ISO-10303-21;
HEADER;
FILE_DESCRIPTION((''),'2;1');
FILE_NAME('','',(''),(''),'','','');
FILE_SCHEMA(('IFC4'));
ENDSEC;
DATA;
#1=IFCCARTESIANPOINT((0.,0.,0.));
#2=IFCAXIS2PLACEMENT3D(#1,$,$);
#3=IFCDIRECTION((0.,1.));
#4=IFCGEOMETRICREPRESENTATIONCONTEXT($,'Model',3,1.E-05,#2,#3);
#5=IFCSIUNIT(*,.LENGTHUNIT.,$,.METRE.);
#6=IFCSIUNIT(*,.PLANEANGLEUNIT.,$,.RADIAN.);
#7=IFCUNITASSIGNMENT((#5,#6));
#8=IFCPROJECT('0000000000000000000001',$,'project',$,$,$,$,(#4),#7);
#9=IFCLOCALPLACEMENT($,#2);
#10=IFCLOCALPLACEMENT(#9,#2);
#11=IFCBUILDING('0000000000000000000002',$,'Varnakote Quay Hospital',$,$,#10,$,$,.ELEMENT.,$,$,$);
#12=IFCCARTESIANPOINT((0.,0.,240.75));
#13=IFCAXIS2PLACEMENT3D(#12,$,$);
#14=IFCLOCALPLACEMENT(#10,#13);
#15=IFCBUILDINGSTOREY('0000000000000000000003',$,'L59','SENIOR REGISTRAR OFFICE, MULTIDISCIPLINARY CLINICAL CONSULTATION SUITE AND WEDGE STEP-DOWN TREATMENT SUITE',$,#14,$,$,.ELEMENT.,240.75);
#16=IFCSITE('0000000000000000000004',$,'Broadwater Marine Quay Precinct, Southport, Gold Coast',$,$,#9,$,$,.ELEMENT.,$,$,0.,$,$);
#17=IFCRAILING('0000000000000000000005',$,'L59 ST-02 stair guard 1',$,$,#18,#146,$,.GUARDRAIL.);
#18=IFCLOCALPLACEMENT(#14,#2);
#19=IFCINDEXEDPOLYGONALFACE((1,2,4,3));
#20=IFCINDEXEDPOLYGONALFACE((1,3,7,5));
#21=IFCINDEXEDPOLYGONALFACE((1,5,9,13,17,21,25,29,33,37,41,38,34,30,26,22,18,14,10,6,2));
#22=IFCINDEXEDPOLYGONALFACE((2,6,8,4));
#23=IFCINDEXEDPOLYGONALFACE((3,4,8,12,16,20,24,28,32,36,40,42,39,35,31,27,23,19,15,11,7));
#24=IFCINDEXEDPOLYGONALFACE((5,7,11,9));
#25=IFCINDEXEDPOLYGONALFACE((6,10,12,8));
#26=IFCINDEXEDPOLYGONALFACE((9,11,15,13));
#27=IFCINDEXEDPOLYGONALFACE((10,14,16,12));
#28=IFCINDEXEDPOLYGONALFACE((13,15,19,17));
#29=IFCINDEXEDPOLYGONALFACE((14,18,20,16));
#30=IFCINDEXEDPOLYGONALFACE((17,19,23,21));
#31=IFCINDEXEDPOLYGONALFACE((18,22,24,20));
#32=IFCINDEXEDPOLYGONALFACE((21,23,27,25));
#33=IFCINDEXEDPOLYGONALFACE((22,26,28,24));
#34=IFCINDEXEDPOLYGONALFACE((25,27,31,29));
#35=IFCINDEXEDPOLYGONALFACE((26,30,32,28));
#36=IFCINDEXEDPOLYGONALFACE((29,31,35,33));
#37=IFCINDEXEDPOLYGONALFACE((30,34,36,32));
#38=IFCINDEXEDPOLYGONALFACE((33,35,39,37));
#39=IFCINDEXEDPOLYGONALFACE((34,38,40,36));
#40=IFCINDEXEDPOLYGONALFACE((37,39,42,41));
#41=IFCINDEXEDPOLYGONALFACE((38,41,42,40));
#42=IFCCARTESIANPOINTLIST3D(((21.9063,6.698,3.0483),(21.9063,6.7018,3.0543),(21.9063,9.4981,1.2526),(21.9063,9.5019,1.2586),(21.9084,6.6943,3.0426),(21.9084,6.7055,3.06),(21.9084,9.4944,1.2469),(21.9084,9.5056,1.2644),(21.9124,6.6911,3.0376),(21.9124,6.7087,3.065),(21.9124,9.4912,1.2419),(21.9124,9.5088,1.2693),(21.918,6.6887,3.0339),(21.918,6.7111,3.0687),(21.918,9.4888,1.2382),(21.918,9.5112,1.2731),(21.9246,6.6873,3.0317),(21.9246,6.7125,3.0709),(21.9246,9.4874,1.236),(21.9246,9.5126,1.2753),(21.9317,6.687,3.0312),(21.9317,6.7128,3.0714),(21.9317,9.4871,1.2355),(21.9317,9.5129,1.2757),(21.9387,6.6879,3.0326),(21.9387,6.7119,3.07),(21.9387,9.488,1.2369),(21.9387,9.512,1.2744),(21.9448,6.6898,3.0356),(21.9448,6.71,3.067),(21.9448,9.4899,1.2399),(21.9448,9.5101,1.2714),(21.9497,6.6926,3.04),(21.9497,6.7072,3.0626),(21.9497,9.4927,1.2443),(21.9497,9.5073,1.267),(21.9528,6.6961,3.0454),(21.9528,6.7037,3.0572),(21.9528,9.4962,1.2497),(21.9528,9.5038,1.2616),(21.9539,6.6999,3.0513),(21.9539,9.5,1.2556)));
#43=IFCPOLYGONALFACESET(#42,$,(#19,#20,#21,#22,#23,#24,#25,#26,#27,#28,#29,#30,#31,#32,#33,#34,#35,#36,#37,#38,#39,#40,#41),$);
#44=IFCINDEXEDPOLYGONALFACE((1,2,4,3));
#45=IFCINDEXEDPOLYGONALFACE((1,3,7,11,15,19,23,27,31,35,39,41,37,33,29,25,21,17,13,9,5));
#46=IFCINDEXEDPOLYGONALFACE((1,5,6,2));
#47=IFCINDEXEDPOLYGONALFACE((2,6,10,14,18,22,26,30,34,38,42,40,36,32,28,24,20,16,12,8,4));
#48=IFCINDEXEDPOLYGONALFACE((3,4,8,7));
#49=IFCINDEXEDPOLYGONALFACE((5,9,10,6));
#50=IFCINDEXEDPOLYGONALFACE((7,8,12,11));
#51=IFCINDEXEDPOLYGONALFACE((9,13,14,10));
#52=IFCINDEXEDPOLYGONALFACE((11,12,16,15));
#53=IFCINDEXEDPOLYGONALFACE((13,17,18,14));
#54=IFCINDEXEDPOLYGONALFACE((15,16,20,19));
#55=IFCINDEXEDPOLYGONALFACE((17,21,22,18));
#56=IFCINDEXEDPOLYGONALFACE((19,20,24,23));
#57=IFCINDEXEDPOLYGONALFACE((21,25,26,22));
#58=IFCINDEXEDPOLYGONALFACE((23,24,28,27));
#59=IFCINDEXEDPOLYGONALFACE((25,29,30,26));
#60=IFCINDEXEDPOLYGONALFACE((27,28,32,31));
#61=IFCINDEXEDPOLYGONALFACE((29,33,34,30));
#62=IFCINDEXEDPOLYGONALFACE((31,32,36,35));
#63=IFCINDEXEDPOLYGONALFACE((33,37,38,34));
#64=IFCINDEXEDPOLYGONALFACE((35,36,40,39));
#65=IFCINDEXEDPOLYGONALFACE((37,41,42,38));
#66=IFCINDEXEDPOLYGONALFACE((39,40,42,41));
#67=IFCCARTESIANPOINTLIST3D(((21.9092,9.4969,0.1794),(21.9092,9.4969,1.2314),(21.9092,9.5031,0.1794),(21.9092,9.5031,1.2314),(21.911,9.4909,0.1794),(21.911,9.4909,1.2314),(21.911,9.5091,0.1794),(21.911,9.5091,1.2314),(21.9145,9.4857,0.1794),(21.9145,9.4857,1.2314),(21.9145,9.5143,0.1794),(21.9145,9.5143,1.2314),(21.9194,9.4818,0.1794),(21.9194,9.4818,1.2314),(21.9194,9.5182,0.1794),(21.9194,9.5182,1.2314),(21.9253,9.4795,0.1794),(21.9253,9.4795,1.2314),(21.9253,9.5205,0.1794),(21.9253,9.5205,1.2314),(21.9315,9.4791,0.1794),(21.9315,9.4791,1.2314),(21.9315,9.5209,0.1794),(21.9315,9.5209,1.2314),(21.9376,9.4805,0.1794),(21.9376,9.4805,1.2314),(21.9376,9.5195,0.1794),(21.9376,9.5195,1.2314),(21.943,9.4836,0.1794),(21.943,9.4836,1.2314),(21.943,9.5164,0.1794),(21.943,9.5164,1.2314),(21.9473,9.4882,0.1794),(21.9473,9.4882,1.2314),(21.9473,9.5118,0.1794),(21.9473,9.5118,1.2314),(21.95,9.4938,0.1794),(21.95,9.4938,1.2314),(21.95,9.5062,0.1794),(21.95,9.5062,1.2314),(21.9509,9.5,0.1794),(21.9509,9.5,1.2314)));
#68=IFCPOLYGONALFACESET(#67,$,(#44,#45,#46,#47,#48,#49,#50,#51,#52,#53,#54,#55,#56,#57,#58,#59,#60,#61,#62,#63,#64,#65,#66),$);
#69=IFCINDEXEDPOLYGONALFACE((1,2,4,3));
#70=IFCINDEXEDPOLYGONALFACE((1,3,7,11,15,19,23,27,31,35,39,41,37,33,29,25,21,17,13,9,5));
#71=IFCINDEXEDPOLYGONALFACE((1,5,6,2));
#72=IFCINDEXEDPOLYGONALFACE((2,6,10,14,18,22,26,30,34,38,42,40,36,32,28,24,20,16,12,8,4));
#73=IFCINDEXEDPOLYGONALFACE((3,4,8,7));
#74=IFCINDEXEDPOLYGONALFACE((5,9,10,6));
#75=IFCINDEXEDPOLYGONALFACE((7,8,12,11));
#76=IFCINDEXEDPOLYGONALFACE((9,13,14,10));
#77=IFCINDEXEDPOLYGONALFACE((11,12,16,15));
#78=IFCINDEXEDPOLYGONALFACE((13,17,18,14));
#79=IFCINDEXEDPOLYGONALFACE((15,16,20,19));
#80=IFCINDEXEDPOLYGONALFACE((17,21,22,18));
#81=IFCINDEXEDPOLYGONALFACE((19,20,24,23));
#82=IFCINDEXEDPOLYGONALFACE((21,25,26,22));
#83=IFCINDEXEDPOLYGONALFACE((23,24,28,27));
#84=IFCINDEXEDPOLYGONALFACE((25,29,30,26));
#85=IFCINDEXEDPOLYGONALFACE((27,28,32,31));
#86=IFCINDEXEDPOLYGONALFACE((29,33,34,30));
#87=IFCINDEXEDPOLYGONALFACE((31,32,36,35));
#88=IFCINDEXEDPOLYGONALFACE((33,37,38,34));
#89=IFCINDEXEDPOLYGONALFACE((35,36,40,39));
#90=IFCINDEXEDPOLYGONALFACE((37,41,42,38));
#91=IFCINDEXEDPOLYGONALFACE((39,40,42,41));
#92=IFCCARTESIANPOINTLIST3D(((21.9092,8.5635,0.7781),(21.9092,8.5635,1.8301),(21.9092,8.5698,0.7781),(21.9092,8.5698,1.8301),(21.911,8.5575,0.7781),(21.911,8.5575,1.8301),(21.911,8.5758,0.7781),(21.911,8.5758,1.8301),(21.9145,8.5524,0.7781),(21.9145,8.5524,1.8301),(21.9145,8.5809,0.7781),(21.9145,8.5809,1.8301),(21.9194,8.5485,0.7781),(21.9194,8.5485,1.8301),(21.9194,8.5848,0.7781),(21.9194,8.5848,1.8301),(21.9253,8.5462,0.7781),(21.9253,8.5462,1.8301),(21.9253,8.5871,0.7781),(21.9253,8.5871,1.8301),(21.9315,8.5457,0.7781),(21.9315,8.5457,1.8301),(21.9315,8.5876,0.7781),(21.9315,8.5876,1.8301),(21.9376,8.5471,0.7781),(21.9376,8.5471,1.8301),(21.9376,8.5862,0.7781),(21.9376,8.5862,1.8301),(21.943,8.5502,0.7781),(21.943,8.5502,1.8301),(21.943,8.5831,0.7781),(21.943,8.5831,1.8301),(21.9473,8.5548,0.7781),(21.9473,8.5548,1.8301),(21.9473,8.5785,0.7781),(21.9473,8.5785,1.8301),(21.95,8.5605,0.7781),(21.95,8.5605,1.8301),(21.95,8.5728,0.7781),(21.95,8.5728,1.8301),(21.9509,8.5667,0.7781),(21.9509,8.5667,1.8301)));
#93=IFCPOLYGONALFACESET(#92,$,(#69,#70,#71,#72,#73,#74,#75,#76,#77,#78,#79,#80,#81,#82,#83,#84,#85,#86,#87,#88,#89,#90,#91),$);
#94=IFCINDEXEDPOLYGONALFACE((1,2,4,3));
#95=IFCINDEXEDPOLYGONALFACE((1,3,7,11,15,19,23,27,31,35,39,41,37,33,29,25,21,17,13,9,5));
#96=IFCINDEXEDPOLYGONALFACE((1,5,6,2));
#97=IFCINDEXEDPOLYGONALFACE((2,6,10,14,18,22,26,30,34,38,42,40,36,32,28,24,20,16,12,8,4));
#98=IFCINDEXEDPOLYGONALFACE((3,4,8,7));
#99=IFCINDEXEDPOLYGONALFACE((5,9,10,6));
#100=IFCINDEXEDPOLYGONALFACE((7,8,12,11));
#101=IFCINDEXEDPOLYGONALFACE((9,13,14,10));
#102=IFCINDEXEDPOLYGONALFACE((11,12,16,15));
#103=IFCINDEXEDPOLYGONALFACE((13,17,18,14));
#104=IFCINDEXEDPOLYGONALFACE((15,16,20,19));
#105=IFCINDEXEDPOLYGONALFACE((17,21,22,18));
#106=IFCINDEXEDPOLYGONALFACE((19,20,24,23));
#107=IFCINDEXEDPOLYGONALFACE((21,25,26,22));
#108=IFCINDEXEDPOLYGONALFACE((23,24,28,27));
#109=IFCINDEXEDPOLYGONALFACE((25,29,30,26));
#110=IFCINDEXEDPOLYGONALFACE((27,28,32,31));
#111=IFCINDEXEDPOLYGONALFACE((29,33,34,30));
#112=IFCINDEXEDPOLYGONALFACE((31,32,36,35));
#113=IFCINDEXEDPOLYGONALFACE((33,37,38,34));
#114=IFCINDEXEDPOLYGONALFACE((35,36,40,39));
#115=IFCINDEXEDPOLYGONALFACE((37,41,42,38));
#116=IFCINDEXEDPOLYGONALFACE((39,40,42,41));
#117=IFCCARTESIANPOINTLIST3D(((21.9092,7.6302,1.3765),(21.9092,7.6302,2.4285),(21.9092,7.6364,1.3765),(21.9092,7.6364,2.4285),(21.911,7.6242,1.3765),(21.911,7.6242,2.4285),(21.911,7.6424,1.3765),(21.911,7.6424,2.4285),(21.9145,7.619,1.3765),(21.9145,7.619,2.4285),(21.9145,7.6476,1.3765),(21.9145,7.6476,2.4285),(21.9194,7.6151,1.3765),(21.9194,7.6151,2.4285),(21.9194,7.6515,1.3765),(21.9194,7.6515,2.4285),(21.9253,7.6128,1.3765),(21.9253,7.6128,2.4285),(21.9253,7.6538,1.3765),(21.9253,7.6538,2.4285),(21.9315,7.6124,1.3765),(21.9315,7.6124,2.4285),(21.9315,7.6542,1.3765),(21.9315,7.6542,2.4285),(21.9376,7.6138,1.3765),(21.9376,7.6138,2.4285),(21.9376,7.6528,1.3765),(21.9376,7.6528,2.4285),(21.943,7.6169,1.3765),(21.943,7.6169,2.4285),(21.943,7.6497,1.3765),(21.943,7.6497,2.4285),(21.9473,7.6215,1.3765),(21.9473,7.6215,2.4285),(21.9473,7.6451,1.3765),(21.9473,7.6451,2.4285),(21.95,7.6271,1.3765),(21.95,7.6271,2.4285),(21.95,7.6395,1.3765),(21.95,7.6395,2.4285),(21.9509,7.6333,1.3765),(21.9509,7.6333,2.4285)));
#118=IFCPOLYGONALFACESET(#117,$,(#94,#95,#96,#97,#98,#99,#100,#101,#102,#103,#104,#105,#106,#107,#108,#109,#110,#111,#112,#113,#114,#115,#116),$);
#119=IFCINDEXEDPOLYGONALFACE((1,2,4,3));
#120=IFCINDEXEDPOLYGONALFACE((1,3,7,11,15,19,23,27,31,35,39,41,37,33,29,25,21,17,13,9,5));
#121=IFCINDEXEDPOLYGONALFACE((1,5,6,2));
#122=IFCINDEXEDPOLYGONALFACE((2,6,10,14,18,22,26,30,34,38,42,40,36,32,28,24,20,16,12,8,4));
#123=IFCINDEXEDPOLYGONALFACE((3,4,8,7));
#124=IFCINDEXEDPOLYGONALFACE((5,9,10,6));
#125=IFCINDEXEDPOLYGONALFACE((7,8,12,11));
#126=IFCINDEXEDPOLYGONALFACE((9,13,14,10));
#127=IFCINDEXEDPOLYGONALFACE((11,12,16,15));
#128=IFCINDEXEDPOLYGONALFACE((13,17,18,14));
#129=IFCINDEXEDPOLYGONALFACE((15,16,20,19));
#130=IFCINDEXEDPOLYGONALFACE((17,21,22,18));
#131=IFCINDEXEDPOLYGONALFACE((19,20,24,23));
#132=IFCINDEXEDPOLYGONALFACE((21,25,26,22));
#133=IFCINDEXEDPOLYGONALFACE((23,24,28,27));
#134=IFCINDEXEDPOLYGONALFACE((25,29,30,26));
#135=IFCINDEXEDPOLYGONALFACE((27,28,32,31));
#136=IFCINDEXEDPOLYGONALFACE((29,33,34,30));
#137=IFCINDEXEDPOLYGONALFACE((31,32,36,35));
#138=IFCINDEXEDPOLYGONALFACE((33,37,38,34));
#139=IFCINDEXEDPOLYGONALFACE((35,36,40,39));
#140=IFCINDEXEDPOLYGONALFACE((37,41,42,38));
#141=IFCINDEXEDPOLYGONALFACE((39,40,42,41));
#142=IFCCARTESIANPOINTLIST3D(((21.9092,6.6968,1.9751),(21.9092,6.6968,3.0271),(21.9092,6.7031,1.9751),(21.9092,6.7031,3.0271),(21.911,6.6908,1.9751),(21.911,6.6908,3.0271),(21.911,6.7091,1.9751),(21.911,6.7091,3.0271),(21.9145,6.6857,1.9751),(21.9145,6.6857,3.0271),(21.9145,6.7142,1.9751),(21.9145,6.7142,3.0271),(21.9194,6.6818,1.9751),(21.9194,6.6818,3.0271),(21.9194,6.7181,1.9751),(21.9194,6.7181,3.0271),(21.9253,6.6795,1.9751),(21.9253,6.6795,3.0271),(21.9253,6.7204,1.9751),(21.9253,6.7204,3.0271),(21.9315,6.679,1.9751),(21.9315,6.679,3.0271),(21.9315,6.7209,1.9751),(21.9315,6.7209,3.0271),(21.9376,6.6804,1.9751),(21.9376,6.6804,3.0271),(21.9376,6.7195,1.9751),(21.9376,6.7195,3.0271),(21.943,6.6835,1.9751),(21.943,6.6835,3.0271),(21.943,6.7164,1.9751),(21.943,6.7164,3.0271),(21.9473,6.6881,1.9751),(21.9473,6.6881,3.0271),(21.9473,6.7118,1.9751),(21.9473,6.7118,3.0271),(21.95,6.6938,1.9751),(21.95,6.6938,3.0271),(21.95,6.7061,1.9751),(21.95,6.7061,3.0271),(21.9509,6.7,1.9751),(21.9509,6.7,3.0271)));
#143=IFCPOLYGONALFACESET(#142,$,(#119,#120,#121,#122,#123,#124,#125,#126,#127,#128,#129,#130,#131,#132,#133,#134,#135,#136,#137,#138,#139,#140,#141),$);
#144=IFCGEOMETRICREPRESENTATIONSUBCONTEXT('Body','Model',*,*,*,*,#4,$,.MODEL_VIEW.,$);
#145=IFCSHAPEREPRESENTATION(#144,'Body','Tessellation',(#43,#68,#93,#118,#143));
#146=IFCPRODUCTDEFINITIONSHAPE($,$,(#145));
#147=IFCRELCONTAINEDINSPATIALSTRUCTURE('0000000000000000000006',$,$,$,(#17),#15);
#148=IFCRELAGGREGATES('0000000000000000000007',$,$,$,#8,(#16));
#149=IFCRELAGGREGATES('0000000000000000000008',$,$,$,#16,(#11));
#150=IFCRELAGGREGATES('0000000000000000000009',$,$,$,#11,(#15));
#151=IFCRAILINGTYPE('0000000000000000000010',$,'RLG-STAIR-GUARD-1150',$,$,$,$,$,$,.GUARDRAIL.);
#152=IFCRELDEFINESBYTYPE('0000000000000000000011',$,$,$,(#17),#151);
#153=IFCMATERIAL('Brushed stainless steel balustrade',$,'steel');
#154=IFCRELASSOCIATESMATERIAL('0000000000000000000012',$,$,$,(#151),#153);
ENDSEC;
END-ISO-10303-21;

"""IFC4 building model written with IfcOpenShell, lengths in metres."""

from ifc_helpers import new_model, si_unit, direction, frame, origin, origin_2d, place, context, subcontext, project, spatial, circle, extrude, material, type_object, element, save


model = new_model("IFC4")

# Units and contexts
model_context = context("Model", 3, precision=1e-05, world=origin(), true_north=direction((0.0, 1.0)))
body_context = subcontext(model_context, "Body", "Model", "MODEL_VIEW")
ifc_project = project(units=[si_unit("LENGTHUNIT", "METRE"), si_unit("PLANEANGLEUNIT", "RADIAN")], contexts=[model_context])

# Site, building, storey
site_placement = place(None, origin())
site = spatial("IfcSite", under=ifc_project, at=site_placement, Name="Broadwater Marine Quay Precinct, Southport, Gold Coast", CompositionType="ELEMENT", RefElevation=0.0)
building_placement = place(site_placement, origin())
building = spatial("IfcBuilding", under=site, at=building_placement, Name="Varnakote Quay Hospital", CompositionType="ELEMENT")
storey_placement = place(building_placement, frame((0.0, 0.0, 240.75)))
storey = spatial("IfcBuildingStorey", under=building, at=storey_placement, Name="L59", Description="SENIOR REGISTRAR OFFICE, MULTIDISCIPLINARY CLINICAL CONSULTATION SUITE AND WEDGE STEP-DOWN TREATMENT SUITE", CompositionType="ELEMENT", Elevation=240.75)

# Railing
ifc_material_1 = material(Name="Brushed stainless steel balustrade", Category="steel")
railing_type_1 = type_object("IfcRailingType", Name="RLG-STAIR-GUARD-1150", PredefinedType="GUARDRAIL", material=ifc_material_1)
railing_1_placement = place(storey_placement, frame((21.9299, 9.5, 0.1794)))
element("IfcRailing", 1, at=railing_1_placement, inside=storey, type_object=railing_type_1, Name="L59 ST-02 stair guard 1", PredefinedType="GUARDRAIL", context=body_context, shape_type="SweptSolid", body=[
    extrude(circle(Radius=0.0239, at=origin_2d()), frame((0.0, 0.0, 1.0762), z_axis=(0.0, -0.841777, 0.539826), x_axis=(1.0, 0.0, 0.0)), (0.0, 0.0, 1.0), 3.3264),
    extrude(circle(Radius=0.021, at=origin_2d()), origin(), (0.0, 0.0, 1.0), 1.052),
    extrude(circle(Radius=0.021, at=origin_2d()), frame((0.0, -0.9333, 0.5986)), (0.0, 0.0, 1.0), 1.052),
    extrude(circle(Radius=0.021, at=origin_2d()), frame((0.0, -1.8667, 1.197)), (0.0, 0.0, 1.0), 1.052),
    extrude(circle(Radius=0.021, at=origin_2d()), frame((0.0, -2.8, 1.7957)), (0.0, 0.0, 1.0), 1.052),
])

save(model, "model.ifc")
